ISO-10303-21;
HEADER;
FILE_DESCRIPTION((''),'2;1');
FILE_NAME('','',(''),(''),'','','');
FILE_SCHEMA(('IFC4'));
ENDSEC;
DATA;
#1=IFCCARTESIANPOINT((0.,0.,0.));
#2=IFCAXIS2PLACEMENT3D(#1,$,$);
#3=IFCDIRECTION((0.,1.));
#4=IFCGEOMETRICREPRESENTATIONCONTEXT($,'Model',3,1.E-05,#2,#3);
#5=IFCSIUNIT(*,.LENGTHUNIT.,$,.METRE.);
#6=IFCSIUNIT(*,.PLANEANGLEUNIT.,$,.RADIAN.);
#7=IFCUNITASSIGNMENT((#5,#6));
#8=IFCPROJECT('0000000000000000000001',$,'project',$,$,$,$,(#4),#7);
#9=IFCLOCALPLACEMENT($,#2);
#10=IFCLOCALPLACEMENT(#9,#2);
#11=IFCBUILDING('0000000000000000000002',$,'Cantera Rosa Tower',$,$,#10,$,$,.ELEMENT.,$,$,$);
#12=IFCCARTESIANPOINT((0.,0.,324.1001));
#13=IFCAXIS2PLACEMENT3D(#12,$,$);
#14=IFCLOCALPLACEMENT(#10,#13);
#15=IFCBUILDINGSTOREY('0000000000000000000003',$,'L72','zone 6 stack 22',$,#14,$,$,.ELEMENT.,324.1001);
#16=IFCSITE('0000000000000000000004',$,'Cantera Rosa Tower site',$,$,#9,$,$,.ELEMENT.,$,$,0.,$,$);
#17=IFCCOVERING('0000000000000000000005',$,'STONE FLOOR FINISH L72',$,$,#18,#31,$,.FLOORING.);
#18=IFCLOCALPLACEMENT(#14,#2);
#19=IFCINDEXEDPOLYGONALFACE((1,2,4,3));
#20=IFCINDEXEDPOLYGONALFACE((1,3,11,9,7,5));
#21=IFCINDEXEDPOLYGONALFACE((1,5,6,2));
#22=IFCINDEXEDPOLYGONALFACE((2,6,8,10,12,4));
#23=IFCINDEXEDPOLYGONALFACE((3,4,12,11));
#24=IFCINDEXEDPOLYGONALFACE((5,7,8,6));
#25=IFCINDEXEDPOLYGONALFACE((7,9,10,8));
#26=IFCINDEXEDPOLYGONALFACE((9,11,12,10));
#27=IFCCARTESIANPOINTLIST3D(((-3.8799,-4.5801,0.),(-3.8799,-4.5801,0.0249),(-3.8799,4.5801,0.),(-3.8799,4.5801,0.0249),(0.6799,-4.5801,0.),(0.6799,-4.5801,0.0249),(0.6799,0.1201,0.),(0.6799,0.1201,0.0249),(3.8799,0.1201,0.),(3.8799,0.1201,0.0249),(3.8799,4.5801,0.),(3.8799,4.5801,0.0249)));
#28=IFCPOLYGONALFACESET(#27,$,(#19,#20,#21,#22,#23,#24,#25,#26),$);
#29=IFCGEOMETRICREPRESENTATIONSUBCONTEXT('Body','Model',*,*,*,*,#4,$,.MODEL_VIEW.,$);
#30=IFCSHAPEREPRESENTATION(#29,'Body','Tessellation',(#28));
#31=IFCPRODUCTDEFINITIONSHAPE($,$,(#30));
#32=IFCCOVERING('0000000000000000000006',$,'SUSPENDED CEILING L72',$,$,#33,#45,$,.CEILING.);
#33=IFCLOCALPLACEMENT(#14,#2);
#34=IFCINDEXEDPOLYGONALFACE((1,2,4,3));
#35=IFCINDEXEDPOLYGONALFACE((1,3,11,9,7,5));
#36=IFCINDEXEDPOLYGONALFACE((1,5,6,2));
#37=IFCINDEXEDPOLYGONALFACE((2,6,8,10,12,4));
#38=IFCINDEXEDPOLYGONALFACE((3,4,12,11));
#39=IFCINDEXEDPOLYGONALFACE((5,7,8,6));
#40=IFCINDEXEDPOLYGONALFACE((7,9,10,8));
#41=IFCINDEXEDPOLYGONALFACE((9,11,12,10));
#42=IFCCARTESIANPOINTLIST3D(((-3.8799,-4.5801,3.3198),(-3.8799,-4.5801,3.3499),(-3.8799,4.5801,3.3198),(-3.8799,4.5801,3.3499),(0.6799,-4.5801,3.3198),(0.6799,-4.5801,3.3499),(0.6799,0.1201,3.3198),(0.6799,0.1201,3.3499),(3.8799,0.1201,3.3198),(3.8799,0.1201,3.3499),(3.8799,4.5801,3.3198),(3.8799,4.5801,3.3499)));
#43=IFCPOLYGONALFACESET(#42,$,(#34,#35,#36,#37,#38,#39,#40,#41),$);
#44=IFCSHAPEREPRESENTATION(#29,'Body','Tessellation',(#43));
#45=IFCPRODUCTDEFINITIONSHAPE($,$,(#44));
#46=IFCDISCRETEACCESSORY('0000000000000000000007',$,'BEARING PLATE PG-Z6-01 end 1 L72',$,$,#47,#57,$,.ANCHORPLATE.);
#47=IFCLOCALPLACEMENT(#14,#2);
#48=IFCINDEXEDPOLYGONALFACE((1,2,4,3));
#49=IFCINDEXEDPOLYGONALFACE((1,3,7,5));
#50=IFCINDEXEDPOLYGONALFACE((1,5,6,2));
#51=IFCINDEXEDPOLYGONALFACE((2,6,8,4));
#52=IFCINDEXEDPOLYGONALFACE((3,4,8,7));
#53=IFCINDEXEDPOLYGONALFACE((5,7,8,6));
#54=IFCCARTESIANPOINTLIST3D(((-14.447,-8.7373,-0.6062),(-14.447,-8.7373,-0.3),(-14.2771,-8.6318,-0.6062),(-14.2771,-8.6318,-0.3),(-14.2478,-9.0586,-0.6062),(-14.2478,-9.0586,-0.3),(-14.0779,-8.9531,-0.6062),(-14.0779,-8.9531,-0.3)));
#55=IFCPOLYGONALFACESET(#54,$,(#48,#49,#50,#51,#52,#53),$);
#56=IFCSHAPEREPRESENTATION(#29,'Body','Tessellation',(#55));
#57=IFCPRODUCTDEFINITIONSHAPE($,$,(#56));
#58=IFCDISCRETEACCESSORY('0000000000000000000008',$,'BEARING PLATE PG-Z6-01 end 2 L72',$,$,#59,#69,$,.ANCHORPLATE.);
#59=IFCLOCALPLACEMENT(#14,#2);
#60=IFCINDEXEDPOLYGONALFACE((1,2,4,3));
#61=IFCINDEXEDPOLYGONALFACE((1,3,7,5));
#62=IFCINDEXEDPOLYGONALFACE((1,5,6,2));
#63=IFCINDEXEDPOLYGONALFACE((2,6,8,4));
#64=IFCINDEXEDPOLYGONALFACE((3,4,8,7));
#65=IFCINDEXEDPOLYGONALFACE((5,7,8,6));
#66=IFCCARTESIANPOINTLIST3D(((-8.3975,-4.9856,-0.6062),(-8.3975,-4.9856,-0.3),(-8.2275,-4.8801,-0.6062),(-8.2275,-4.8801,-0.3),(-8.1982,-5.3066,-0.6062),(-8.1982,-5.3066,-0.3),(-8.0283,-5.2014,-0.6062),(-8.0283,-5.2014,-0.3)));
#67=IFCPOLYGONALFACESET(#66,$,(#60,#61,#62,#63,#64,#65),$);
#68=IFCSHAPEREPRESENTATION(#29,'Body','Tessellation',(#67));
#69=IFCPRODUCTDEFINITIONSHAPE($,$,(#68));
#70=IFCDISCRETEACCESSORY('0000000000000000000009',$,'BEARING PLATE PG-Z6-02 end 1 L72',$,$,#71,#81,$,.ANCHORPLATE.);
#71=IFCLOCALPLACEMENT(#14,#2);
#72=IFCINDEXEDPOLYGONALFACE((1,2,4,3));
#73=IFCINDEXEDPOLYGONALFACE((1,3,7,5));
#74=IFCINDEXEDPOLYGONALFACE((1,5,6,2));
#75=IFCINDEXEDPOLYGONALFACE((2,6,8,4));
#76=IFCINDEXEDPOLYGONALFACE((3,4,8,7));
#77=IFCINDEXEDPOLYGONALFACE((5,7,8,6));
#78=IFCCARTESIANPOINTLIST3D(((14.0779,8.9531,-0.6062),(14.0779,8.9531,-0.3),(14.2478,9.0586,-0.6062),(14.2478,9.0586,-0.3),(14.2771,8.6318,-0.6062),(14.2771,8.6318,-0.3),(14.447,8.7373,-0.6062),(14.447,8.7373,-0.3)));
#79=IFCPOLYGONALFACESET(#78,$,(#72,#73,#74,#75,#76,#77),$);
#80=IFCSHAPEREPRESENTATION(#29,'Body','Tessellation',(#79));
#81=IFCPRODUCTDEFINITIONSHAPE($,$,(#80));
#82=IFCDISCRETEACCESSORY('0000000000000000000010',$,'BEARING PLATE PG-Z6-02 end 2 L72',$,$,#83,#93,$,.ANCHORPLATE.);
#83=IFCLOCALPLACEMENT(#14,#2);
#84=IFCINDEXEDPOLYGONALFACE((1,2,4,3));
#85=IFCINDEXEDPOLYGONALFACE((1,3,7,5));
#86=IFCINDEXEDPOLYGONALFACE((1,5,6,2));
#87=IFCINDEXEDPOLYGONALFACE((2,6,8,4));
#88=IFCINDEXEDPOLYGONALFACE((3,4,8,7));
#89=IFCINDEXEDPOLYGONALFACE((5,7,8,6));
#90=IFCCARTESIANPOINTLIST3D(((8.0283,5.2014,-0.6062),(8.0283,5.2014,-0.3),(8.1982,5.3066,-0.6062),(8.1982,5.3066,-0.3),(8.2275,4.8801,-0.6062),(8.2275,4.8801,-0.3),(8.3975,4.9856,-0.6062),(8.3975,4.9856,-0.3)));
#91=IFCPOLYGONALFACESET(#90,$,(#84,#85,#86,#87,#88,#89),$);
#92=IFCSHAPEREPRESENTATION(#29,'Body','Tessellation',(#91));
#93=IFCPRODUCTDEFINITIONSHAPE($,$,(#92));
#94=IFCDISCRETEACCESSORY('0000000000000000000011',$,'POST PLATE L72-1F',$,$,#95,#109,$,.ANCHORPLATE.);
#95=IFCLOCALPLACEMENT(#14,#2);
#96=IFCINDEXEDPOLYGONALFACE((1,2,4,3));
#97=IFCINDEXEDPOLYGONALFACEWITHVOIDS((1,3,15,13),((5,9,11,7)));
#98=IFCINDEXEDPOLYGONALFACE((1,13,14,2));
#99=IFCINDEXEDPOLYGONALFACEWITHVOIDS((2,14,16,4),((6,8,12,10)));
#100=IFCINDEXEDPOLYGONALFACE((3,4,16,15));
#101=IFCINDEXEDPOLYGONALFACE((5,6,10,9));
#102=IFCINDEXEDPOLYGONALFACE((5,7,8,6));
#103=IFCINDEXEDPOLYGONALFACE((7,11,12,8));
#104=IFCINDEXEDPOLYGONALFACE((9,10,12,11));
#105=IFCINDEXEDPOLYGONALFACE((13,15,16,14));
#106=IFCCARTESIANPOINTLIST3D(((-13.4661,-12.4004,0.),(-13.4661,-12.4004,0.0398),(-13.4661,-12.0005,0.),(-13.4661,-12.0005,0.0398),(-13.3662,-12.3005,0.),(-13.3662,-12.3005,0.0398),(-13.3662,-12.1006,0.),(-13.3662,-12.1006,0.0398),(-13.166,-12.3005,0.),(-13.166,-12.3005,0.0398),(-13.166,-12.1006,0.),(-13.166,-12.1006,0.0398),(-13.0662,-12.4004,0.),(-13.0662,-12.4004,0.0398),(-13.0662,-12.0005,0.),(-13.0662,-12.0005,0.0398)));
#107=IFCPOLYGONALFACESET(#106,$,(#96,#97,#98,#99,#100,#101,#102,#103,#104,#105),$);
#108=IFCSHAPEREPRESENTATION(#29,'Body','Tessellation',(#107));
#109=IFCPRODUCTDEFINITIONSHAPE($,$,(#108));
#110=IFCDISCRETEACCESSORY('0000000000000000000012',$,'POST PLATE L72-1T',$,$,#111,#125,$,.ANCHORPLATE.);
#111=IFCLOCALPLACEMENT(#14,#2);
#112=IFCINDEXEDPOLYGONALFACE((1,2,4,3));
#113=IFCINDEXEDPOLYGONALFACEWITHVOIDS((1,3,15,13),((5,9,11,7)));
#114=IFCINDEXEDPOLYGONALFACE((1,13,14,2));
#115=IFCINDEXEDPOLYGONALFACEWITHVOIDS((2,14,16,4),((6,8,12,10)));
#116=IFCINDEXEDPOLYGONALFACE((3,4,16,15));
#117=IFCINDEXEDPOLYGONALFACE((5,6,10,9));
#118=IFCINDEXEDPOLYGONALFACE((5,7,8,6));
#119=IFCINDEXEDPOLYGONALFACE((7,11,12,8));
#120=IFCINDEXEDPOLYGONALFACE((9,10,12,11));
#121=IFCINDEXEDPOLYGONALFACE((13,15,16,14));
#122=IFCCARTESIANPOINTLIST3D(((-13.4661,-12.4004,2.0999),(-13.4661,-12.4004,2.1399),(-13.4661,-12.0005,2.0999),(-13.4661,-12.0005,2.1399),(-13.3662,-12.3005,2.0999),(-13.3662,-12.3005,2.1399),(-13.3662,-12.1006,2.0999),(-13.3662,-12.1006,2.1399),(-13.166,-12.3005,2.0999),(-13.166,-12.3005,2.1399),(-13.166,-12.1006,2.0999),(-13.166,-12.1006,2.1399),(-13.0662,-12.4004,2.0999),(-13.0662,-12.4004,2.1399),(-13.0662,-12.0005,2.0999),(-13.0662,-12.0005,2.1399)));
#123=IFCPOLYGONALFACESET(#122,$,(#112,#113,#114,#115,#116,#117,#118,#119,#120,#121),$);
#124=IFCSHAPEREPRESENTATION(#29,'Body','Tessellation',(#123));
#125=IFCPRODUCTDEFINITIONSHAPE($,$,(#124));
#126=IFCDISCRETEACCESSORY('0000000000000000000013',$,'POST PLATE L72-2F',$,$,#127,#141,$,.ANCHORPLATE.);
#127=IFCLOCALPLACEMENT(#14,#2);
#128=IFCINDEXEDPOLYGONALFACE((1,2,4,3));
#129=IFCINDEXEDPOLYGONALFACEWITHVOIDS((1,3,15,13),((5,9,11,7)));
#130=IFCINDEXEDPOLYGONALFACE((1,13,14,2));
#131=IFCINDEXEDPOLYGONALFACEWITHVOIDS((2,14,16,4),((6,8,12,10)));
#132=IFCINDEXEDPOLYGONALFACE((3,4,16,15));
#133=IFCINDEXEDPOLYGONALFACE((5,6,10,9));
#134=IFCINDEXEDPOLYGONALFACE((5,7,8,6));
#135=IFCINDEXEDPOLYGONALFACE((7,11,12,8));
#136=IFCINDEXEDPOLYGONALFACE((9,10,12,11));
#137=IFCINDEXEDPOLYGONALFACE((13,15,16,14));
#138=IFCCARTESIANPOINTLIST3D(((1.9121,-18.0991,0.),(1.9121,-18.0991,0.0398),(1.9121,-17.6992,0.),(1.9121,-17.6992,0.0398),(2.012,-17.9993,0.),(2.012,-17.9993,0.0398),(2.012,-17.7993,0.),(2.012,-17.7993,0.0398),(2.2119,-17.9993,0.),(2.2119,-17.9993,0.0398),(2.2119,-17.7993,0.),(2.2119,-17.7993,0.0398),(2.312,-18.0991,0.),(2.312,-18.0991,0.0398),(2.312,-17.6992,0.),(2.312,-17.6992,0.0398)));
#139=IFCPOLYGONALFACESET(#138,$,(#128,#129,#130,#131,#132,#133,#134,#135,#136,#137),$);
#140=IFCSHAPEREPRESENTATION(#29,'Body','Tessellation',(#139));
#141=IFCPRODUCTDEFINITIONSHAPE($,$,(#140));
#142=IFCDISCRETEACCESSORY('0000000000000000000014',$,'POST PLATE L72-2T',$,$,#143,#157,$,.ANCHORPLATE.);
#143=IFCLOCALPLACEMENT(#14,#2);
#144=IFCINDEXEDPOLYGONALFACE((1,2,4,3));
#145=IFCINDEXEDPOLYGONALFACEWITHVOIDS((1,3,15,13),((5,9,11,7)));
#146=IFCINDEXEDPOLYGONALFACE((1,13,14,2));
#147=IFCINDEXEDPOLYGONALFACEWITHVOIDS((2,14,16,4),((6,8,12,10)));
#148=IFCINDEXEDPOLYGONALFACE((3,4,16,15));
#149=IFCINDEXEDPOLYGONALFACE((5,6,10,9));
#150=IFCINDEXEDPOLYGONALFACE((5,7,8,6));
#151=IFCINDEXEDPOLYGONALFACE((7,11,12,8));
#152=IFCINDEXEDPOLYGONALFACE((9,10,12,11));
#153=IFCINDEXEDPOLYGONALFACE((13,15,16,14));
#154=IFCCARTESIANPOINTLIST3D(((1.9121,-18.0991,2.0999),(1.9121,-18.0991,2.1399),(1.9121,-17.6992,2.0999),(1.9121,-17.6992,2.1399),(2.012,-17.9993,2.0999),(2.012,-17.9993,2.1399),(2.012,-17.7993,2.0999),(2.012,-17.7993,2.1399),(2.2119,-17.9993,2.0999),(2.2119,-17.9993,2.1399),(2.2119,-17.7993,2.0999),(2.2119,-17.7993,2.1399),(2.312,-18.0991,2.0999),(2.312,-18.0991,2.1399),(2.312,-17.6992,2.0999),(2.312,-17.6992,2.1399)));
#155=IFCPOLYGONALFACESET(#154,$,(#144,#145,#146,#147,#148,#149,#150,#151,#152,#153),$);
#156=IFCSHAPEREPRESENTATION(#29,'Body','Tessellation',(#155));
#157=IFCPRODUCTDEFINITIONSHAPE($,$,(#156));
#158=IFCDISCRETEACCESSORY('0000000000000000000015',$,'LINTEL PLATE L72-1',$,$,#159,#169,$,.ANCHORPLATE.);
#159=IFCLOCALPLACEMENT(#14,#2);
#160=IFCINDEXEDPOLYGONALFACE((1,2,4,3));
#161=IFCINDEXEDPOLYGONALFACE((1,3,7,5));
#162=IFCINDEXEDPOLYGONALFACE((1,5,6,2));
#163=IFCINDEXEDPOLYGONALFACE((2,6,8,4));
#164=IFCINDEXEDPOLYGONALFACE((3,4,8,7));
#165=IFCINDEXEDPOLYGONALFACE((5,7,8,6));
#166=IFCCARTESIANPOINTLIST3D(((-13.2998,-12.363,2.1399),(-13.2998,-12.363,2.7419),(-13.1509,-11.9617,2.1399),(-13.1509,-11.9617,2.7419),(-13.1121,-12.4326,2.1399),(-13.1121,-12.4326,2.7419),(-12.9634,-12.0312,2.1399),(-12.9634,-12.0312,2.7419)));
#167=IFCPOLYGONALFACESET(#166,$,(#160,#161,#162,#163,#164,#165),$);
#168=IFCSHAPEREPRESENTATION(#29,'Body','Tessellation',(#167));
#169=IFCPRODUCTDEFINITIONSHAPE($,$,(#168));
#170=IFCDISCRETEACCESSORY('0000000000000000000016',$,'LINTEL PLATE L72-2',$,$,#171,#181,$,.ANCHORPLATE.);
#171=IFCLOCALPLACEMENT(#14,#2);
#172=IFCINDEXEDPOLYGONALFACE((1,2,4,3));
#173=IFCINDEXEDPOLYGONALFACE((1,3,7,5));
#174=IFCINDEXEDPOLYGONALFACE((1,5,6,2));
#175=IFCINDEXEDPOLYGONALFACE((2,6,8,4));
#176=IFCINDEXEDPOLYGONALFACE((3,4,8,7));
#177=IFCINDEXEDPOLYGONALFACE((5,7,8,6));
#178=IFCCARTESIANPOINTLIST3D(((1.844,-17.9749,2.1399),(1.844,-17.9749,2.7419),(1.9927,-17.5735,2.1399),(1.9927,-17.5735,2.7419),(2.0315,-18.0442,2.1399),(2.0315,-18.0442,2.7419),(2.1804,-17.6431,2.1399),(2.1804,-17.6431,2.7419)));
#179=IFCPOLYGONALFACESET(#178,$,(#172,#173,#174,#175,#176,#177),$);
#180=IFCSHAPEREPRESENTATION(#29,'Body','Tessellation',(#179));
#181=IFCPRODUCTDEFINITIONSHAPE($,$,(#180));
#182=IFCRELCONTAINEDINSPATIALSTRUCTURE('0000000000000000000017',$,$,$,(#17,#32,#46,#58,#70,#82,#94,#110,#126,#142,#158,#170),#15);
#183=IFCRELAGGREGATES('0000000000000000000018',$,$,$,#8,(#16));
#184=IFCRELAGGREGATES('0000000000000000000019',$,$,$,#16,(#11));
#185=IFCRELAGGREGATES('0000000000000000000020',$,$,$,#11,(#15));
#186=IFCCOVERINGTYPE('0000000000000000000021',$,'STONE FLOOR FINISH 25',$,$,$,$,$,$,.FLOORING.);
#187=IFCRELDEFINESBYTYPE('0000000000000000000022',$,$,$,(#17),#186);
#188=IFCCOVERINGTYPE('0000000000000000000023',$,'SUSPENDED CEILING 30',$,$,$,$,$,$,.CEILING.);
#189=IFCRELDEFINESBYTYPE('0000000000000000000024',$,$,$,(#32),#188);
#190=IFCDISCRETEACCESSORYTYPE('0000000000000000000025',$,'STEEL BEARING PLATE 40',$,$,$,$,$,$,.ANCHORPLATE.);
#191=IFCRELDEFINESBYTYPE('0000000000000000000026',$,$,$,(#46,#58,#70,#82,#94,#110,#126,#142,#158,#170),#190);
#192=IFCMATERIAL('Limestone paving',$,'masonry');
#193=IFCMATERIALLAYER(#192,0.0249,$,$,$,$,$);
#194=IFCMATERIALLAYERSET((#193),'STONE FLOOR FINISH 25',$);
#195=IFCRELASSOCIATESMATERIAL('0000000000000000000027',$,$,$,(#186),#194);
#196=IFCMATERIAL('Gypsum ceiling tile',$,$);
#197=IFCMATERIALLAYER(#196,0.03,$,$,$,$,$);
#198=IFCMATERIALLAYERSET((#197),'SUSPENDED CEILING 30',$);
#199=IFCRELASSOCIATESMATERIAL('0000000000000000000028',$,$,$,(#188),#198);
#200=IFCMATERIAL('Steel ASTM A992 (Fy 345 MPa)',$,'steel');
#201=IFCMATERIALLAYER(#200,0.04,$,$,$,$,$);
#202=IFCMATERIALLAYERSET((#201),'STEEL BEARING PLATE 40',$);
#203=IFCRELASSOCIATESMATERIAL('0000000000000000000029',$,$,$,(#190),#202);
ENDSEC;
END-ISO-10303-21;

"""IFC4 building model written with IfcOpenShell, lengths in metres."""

from ifc_helpers import new_model, si_unit, direction, frame, origin, place, context, subcontext, project, spatial, polyline, outline, extrude, material, layer, layer_set, type_object, element, save


model = new_model("IFC4")

# Units and contexts
model_context = context("Model", 3, precision=1e-05, world=origin(), true_north=direction((0.0, 1.0)))
body_context = subcontext(model_context, "Body", "Model", "MODEL_VIEW")
ifc_project = project(units=[si_unit("LENGTHUNIT", "METRE"), si_unit("PLANEANGLEUNIT", "RADIAN")], contexts=[model_context])

# Site, building, storey
site_placement = place(None, origin())
site = spatial("IfcSite", under=ifc_project, at=site_placement, Name="Cantera Rosa Tower site", CompositionType="ELEMENT", RefElevation=0.0)
building_placement = place(site_placement, origin())
building = spatial("IfcBuilding", under=site, at=building_placement, Name="Cantera Rosa Tower", CompositionType="ELEMENT")
storey_placement = place(building_placement, frame((0.0, 0.0, 324.1001)))
storey = spatial("IfcBuildingStorey", under=building, at=storey_placement, Name="L72", Description="zone 6 stack 22", CompositionType="ELEMENT", Elevation=324.1001)

# Coverings
ifc_material_1 = material(Name="Limestone paving", Category="masonry")
ifc_layer_1 = layer(ifc_material_1, 0.0249)
ifc_layer_set_1 = layer_set([ifc_layer_1], Name="STONE FLOOR FINISH 25")
covering_type_1 = type_object("IfcCoveringType", Name="STONE FLOOR FINISH 25", PredefinedType="FLOORING", material=ifc_layer_set_1)
covering_1_placement = place(storey_placement, origin())
element("IfcCovering", 1, at=covering_1_placement, inside=storey, type_object=covering_type_1, Name="STONE FLOOR FINISH L72", PredefinedType="FLOORING", context=body_context, shape_type="SweptSolid", body=[
    extrude(outline(polyline([(3.8799, 4.5801), (3.8799, 0.1201), (0.6799, 0.1201), (0.6799, -4.5801), (-3.8799, -4.5801), (-3.8799, 4.5801), (3.8799, 4.5801)])), origin(), (0.0, 0.0, 1.0), 0.0249),
])
ifc_material_2 = material(Name="Gypsum ceiling tile")
ifc_layer_2 = layer(ifc_material_2, 0.03)
ifc_layer_set_2 = layer_set([ifc_layer_2], Name="SUSPENDED CEILING 30")
covering_type_2 = type_object("IfcCoveringType", Name="SUSPENDED CEILING 30", PredefinedType="CEILING", material=ifc_layer_set_2)
covering_2_placement = place(storey_placement, frame((0.0, 0.0, 3.3198)))
element("IfcCovering", 2, at=covering_2_placement, inside=storey, type_object=covering_type_2, Name="SUSPENDED CEILING L72", PredefinedType="CEILING", context=body_context, shape_type="SweptSolid", body=[
    extrude(outline(polyline([(3.8799, 4.5801), (3.8799, 0.1201), (0.6799, 0.1201), (0.6799, -4.5801), (-3.8799, -4.5801), (-3.8799, 4.5801), (3.8799, 4.5801)])), origin(), (0.0, 0.0, 1.0), 0.03),
])

# Discrete accessories
ifc_material_3 = material(Name="Steel ASTM A992 (Fy 345 MPa)", Category="steel")
ifc_layer_3 = layer(ifc_material_3, 0.04)
ifc_layer_set_3 = layer_set([ifc_layer_3], Name="STEEL BEARING PLATE 40")
discrete_accessory_type = type_object("IfcDiscreteAccessoryType", Name="STEEL BEARING PLATE 40", PredefinedType="ANCHORPLATE", material=ifc_layer_set_3)
discrete_accessory_1_placement = place(storey_placement, frame((0.0, 0.0, -0.6062)))
element("IfcDiscreteAccessory", 3, at=discrete_accessory_1_placement, inside=storey, type_object=discrete_accessory_type, Name="BEARING PLATE PG-Z6-01 end 1 L72", PredefinedType="ANCHORPLATE", context=body_context, shape_type="SweptSolid", body=[
    extrude(outline(polyline([(-14.2771, -8.6318), (-14.447, -8.7373), (-14.2478, -9.0586), (-14.0779, -8.9531), (-14.2771, -8.6318)])), origin(), (0.0, 0.0, 1.0), 0.3062),
])
discrete_accessory_2_placement = place(storey_placement, frame((0.0, 0.0, -0.6062)))
element("IfcDiscreteAccessory", 4, at=discrete_accessory_2_placement, inside=storey, type_object=discrete_accessory_type, Name="BEARING PLATE PG-Z6-01 end 2 L72", PredefinedType="ANCHORPLATE", context=body_context, shape_type="SweptSolid", body=[
    extrude(outline(polyline([(-8.1982, -5.3066), (-8.0283, -5.2014), (-8.2275, -4.8801), (-8.3975, -4.9856), (-8.1982, -5.3066)])), origin(), (0.0, 0.0, 1.0), 0.3062),
])
discrete_accessory_3_placement = place(storey_placement, frame((0.0, 0.0, -0.6062)))
element("IfcDiscreteAccessory", 5, at=discrete_accessory_3_placement, inside=storey, type_object=discrete_accessory_type, Name="BEARING PLATE PG-Z6-02 end 1 L72", PredefinedType="ANCHORPLATE", context=body_context, shape_type="SweptSolid", body=[
    extrude(outline(polyline([(14.2771, 8.6318), (14.447, 8.7373), (14.2478, 9.0586), (14.0779, 8.9531), (14.2771, 8.6318)])), origin(), (0.0, 0.0, 1.0), 0.3062),
])
discrete_accessory_4_placement = place(storey_placement, frame((0.0, 0.0, -0.6062)))
element("IfcDiscreteAccessory", 6, at=discrete_accessory_4_placement, inside=storey, type_object=discrete_accessory_type, Name="BEARING PLATE PG-Z6-02 end 2 L72", PredefinedType="ANCHORPLATE", context=body_context, shape_type="SweptSolid", body=[
    extrude(outline(polyline([(8.1982, 5.3066), (8.0283, 5.2014), (8.2275, 4.8801), (8.3975, 4.9856), (8.1982, 5.3066)])), origin(), (0.0, 0.0, 1.0), 0.3062),
])
discrete_accessory_5_placement = place(storey_placement, origin())
element("IfcDiscreteAccessory", 7, at=discrete_accessory_5_placement, inside=storey, type_object=discrete_accessory_type, Name="POST PLATE L72-1F", PredefinedType="ANCHORPLATE", context=body_context, shape_type="SweptSolid", body=[
    extrude(outline(polyline([(-13.4661, -12.4004), (-13.0662, -12.4004), (-13.0662, -12.0005), (-13.4661, -12.0005), (-13.4661, -12.4004)]), holes=[polyline([(-13.3662, -12.3005), (-13.166, -12.3005), (-13.166, -12.1006), (-13.3662, -12.1006), (-13.3662, -12.3005)])]), origin(), (0.0, 0.0, 1.0), 0.0398),
])
discrete_accessory_6_placement = place(storey_placement, frame((0.0, 0.0, 2.0999)))
element("IfcDiscreteAccessory", 8, at=discrete_accessory_6_placement, inside=storey, type_object=discrete_accessory_type, Name="POST PLATE L72-1T", PredefinedType="ANCHORPLATE", context=body_context, shape_type="SweptSolid", body=[
    extrude(outline(polyline([(-13.4661, -12.4004), (-13.0662, -12.4004), (-13.0662, -12.0005), (-13.4661, -12.0005), (-13.4661, -12.4004)]), holes=[polyline([(-13.3662, -12.3005), (-13.166, -12.3005), (-13.166, -12.1006), (-13.3662, -12.1006), (-13.3662, -12.3005)])]), origin(), (0.0, 0.0, 1.0), 0.04),
])
discrete_accessory_7_placement = place(storey_placement, origin())
element("IfcDiscreteAccessory", 9, at=discrete_accessory_7_placement, inside=storey, type_object=discrete_accessory_type, Name="POST PLATE L72-2F", PredefinedType="ANCHORPLATE", context=body_context, shape_type="SweptSolid", body=[
    extrude(outline(polyline([(1.9121, -18.0991), (2.312, -18.0991), (2.312, -17.6992), (1.9121, -17.6992), (1.9121, -18.0991)]), holes=[polyline([(2.012, -17.9993), (2.2119, -17.9993), (2.2119, -17.7993), (2.012, -17.7993), (2.012, -17.9993)])]), origin(), (0.0, 0.0, 1.0), 0.0398),
])
discrete_accessory_8_placement = place(storey_placement, frame((0.0, 0.0, 2.0999)))
element("IfcDiscreteAccessory", 10, at=discrete_accessory_8_placement, inside=storey, type_object=discrete_accessory_type, Name="POST PLATE L72-2T", PredefinedType="ANCHORPLATE", context=body_context, shape_type="SweptSolid", body=[
    extrude(outline(polyline([(1.9121, -18.0991), (2.312, -18.0991), (2.312, -17.6992), (1.9121, -17.6992), (1.9121, -18.0991)]), holes=[polyline([(2.012, -17.9993), (2.2119, -17.9993), (2.2119, -17.7993), (2.012, -17.7993), (2.012, -17.9993)])]), origin(), (0.0, 0.0, 1.0), 0.04),
])
discrete_accessory_9_placement = place(storey_placement, frame((0.0, 0.0, 2.1399)))
element("IfcDiscreteAccessory", 11, at=discrete_accessory_9_placement, inside=storey, type_object=discrete_accessory_type, Name="LINTEL PLATE L72-1", PredefinedType="ANCHORPLATE", context=body_context, shape_type="SweptSolid", body=[
    extrude(outline(polyline([(-12.9634, -12.0312), (-13.1509, -11.9617), (-13.2998, -12.363), (-13.1121, -12.4326), (-12.9634, -12.0312)])), origin(), (0.0, 0.0, 1.0), 0.6021),
])
discrete_accessory_10_placement = place(storey_placement, frame((0.0, 0.0, 2.1399)))
element("IfcDiscreteAccessory", 12, at=discrete_accessory_10_placement, inside=storey, type_object=discrete_accessory_type, Name="LINTEL PLATE L72-2", PredefinedType="ANCHORPLATE", context=body_context, shape_type="SweptSolid", body=[
    extrude(outline(polyline([(1.844, -17.9749), (2.0315, -18.0442), (2.1804, -17.6431), (1.9927, -17.5735), (1.844, -17.9749)])), origin(), (0.0, 0.0, 1.0), 0.6021),
])

save(model, "model.ifc")
